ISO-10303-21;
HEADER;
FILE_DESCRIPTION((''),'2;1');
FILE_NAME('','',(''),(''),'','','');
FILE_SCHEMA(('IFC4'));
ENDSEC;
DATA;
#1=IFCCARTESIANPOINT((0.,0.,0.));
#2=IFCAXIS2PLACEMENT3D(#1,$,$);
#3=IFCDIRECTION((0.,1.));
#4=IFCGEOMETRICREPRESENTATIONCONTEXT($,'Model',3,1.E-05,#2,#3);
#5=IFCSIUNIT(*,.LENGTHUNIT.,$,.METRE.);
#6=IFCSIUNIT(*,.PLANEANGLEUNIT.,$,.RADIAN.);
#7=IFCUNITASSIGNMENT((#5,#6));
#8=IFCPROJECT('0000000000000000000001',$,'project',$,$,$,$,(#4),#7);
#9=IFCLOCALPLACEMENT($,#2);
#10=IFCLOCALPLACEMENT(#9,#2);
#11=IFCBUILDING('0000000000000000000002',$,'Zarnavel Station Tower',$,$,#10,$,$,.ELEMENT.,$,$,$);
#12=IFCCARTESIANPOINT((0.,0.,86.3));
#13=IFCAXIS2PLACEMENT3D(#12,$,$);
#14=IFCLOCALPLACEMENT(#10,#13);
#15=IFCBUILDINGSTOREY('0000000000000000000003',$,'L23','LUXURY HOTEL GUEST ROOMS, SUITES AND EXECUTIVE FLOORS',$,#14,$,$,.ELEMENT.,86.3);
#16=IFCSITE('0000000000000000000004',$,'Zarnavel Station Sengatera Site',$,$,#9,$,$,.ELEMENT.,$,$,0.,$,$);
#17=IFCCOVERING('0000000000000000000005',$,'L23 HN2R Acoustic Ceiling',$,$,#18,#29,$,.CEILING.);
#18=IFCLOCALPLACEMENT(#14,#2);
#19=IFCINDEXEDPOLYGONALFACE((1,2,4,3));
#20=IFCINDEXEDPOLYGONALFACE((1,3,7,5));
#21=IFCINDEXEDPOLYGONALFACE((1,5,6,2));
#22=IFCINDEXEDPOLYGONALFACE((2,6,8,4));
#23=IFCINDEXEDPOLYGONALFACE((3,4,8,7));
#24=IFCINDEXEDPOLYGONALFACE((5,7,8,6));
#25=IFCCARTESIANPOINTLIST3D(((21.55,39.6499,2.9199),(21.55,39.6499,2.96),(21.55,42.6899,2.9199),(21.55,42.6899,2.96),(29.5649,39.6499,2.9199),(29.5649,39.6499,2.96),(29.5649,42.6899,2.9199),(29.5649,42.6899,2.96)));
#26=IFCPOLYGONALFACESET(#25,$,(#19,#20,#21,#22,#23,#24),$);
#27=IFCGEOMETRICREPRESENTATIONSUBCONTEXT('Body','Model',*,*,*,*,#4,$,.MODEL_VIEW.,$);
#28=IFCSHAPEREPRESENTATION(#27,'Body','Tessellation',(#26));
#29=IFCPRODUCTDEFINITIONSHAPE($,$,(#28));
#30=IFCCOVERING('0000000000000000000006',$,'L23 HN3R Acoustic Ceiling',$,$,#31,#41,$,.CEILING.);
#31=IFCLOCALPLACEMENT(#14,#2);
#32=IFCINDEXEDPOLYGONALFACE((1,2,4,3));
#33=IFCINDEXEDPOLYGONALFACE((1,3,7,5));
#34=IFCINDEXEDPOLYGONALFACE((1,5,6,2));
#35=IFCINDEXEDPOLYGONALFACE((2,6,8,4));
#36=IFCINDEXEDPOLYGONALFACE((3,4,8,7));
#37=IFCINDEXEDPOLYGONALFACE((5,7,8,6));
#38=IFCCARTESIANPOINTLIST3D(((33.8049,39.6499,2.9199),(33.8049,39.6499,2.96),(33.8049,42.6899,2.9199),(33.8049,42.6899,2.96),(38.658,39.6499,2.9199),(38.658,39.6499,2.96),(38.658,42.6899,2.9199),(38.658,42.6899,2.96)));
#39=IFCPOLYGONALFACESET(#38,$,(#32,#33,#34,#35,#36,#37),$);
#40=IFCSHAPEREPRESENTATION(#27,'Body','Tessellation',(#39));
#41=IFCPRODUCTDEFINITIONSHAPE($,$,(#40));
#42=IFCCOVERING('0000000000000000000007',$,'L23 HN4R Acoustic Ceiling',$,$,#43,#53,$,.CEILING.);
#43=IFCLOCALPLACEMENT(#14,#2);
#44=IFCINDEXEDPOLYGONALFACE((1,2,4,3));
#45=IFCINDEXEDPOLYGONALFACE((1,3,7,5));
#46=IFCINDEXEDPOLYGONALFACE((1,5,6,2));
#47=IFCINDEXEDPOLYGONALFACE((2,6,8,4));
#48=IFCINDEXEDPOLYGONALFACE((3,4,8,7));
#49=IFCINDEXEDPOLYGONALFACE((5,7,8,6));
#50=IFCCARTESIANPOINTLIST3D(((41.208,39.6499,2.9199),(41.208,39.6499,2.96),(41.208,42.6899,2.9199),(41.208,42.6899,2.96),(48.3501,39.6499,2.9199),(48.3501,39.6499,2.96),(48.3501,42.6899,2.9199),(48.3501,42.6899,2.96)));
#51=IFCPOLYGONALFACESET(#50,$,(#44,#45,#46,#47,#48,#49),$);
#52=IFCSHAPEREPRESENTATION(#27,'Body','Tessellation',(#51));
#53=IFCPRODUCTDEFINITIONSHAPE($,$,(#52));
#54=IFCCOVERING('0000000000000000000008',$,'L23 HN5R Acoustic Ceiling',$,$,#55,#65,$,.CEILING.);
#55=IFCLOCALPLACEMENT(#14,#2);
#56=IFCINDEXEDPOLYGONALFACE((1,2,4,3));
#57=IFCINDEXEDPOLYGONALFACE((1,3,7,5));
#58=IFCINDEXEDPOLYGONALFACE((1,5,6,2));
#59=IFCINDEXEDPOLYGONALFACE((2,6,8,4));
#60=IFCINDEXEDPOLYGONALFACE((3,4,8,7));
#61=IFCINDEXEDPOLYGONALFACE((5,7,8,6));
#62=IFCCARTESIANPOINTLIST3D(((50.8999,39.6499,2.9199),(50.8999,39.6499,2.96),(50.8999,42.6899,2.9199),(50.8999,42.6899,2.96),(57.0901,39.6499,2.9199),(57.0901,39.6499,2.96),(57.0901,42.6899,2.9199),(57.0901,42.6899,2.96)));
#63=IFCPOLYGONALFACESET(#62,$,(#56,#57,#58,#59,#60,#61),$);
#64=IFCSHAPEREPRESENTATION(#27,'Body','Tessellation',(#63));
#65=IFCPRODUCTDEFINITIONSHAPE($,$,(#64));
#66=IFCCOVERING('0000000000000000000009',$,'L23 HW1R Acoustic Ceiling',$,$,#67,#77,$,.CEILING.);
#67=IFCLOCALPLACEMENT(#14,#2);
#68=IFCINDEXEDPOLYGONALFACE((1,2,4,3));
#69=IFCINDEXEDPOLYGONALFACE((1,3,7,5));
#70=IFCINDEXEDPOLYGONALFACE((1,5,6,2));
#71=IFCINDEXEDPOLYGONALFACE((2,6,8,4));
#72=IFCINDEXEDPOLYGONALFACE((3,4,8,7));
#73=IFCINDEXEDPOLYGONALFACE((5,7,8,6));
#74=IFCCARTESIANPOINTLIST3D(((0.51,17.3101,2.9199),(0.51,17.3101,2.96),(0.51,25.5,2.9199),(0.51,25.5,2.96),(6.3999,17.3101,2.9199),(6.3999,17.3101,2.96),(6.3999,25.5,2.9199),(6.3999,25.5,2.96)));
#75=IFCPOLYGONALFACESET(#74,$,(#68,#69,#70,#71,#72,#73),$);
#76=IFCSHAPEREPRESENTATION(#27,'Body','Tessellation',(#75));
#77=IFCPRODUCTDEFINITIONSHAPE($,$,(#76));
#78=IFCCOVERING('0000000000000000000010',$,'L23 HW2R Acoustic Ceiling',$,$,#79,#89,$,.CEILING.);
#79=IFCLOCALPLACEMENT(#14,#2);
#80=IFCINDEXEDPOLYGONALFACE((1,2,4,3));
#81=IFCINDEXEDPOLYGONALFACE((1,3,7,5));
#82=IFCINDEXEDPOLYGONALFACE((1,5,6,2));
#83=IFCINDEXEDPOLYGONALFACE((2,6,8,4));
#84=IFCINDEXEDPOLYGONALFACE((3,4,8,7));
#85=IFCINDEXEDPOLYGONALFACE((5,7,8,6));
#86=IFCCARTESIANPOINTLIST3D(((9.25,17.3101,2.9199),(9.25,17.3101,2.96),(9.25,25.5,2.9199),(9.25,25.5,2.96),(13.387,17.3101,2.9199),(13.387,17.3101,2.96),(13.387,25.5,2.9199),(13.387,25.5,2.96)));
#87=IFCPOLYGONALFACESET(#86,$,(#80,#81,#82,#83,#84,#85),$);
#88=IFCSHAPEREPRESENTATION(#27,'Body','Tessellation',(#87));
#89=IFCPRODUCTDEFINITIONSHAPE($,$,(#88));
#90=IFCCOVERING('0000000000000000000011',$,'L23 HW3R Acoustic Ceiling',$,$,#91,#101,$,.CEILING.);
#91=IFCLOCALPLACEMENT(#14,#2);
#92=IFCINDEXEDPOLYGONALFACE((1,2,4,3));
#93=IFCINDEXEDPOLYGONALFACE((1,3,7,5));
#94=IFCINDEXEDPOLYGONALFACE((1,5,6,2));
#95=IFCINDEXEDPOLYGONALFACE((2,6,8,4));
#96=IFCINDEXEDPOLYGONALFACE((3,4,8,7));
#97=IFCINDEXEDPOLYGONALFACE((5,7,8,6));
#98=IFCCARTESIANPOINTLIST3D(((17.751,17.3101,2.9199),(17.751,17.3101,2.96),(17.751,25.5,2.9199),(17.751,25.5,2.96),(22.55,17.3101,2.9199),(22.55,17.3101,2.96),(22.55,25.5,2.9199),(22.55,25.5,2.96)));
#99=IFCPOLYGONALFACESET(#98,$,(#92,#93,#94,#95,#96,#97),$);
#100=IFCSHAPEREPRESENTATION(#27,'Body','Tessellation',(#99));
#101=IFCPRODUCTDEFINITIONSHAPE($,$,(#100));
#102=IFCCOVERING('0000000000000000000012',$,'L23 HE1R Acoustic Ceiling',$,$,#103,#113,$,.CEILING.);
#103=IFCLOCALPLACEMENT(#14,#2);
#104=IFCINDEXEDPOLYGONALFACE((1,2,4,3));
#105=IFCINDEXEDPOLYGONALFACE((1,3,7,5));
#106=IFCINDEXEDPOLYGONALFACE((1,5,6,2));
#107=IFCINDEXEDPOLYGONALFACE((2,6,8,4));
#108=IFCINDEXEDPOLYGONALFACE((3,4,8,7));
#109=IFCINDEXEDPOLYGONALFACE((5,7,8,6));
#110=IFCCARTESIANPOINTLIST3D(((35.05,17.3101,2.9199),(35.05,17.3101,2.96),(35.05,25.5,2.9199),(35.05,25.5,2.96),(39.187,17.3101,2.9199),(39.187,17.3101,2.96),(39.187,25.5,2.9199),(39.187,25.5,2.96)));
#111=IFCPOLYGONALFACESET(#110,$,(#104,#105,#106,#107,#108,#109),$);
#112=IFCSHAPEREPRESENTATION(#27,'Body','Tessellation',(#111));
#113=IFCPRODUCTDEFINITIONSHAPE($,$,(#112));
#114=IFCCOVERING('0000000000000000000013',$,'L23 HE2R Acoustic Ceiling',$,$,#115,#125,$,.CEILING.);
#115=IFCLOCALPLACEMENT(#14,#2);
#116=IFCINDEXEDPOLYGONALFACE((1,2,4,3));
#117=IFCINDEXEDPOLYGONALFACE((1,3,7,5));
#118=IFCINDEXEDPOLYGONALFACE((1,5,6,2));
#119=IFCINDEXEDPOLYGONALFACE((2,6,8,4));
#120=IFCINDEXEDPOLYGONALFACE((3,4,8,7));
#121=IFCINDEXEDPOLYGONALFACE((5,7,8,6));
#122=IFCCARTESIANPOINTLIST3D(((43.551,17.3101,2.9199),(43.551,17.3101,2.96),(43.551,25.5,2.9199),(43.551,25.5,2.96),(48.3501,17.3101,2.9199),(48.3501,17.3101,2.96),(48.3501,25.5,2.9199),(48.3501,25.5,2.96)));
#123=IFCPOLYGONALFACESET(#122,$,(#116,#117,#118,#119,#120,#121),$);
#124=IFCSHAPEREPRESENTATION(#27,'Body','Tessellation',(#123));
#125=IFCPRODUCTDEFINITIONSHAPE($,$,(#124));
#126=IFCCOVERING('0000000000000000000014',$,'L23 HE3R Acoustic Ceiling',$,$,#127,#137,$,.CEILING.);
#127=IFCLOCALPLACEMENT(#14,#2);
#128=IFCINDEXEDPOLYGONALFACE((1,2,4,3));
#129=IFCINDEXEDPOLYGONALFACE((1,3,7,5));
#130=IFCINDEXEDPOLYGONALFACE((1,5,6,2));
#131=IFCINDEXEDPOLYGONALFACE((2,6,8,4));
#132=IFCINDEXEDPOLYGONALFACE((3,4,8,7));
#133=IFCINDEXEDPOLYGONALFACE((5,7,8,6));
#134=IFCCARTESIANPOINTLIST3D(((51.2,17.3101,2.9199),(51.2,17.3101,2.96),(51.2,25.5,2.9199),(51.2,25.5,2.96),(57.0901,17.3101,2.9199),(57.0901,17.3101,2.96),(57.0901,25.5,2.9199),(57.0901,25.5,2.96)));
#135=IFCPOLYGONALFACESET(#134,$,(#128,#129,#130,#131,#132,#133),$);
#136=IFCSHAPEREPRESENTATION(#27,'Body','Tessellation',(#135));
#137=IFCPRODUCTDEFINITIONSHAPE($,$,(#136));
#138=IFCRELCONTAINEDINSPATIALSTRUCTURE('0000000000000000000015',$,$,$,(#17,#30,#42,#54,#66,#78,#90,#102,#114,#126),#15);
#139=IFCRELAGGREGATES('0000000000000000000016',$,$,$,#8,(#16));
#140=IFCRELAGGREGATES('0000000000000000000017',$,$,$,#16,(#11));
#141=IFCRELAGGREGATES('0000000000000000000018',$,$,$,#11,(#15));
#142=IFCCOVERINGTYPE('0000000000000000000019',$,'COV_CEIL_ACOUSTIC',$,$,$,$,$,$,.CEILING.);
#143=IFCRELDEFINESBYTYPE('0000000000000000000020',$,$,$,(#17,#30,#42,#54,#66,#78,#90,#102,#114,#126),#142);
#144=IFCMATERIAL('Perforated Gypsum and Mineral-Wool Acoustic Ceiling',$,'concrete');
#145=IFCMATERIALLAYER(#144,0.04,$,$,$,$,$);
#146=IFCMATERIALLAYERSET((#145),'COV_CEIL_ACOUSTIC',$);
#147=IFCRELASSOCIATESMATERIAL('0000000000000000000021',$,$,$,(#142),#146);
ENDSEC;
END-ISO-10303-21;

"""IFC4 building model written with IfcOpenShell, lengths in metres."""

from ifc_helpers import new_model, si_unit, direction, frame, origin, place, context, subcontext, project, spatial, polyline, outline, extrude, material, layer, layer_set, type_object, element, save


model = new_model("IFC4")

# Units and contexts
model_context = context("Model", 3, precision=1e-05, world=origin(), true_north=direction((0.0, 1.0)))
body_context = subcontext(model_context, "Body", "Model", "MODEL_VIEW")
ifc_project = project(units=[si_unit("LENGTHUNIT", "METRE"), si_unit("PLANEANGLEUNIT", "RADIAN")], contexts=[model_context])

# Site, building, storey
site_placement = place(None, origin())
site = spatial("IfcSite", under=ifc_project, at=site_placement, Name="Zarnavel Station Sengatera Site", CompositionType="ELEMENT", RefElevation=0.0)
building_placement = place(site_placement, origin())
building = spatial("IfcBuilding", under=site, at=building_placement, Name="Zarnavel Station Tower", CompositionType="ELEMENT")
storey_placement = place(building_placement, frame((0.0, 0.0, 86.3)))
storey = spatial("IfcBuildingStorey", under=building, at=storey_placement, Name="L23", Description="LUXURY HOTEL GUEST ROOMS, SUITES AND EXECUTIVE FLOORS", CompositionType="ELEMENT", Elevation=86.3)

# Coverings
ifc_material_1 = material(Name="Perforated Gypsum and Mineral-Wool Acoustic Ceiling", Category="concrete")
ifc_layer_1 = layer(ifc_material_1, 0.04)
ifc_layer_set_1 = layer_set([ifc_layer_1], Name="COV_CEIL_ACOUSTIC")
covering_type_1 = type_object("IfcCoveringType", Name="COV_CEIL_ACOUSTIC", PredefinedType="CEILING", material=ifc_layer_set_1)
covering_1_placement = place(storey_placement, frame((0.0, 0.0, 2.9199)))
element("IfcCovering", 1, at=covering_1_placement, inside=storey, type_object=covering_type_1, Name="L23 HN2R Acoustic Ceiling", PredefinedType="CEILING", context=body_context, shape_type="SweptSolid", body=[
    extrude(outline(polyline([(21.55, 39.6499), (29.5649, 39.6499), (29.5649, 42.6899), (21.55, 42.6899), (21.55, 39.6499)])), origin(), (0.0, 0.0, 1.0), 0.04),
])
covering_2_placement = place(storey_placement, frame((0.0, 0.0, 2.9199)))
element("IfcCovering", 2, at=covering_2_placement, inside=storey, type_object=covering_type_1, Name="L23 HN3R Acoustic Ceiling", PredefinedType="CEILING", context=body_context, shape_type="SweptSolid", body=[
    extrude(outline(polyline([(33.8049, 39.6499), (38.658, 39.6499), (38.658, 42.6899), (33.8049, 42.6899), (33.8049, 39.6499)])), origin(), (0.0, 0.0, 1.0), 0.04),
])
covering_3_placement = place(storey_placement, frame((0.0, 0.0, 2.9199)))
element("IfcCovering", 3, at=covering_3_placement, inside=storey, type_object=covering_type_1, Name="L23 HN4R Acoustic Ceiling", PredefinedType="CEILING", context=body_context, shape_type="SweptSolid", body=[
    extrude(outline(polyline([(41.208, 39.6499), (48.3501, 39.6499), (48.3501, 42.6899), (41.208, 42.6899), (41.208, 39.6499)])), origin(), (0.0, 0.0, 1.0), 0.04),
])
covering_4_placement = place(storey_placement, frame((0.0, 0.0, 2.9199)))
element("IfcCovering", 4, at=covering_4_placement, inside=storey, type_object=covering_type_1, Name="L23 HN5R Acoustic Ceiling", PredefinedType="CEILING", context=body_context, shape_type="SweptSolid", body=[
    extrude(outline(polyline([(50.8999, 39.6499), (57.0901, 39.6499), (57.0901, 42.6899), (50.8999, 42.6899), (50.8999, 39.6499)])), origin(), (0.0, 0.0, 1.0), 0.04),
])
covering_5_placement = place(storey_placement, frame((0.0, 0.0, 2.9199)))
element("IfcCovering", 5, at=covering_5_placement, inside=storey, type_object=covering_type_1, Name="L23 HW1R Acoustic Ceiling", PredefinedType="CEILING", context=body_context, shape_type="SweptSolid", body=[
    extrude(outline(polyline([(0.51, 17.3101), (6.3999, 17.3101), (6.3999, 25.5), (0.51, 25.5), (0.51, 17.3101)])), origin(), (0.0, 0.0, 1.0), 0.04),
])
covering_6_placement = place(storey_placement, frame((0.0, 0.0, 2.9199)))
element("IfcCovering", 6, at=covering_6_placement, inside=storey, type_object=covering_type_1, Name="L23 HW2R Acoustic Ceiling", PredefinedType="CEILING", context=body_context, shape_type="SweptSolid", body=[
    extrude(outline(polyline([(9.25, 17.3101), (13.387, 17.3101), (13.387, 25.5), (9.25, 25.5), (9.25, 17.3101)])), origin(), (0.0, 0.0, 1.0), 0.04),
])
covering_7_placement = place(storey_placement, frame((0.0, 0.0, 2.9199)))
element("IfcCovering", 7, at=covering_7_placement, inside=storey, type_object=covering_type_1, Name="L23 HW3R Acoustic Ceiling", PredefinedType="CEILING", context=body_context, shape_type="SweptSolid", body=[
    extrude(outline(polyline([(17.751, 17.3101), (22.55, 17.3101), (22.55, 25.5), (17.751, 25.5), (17.751, 17.3101)])), origin(), (0.0, 0.0, 1.0), 0.04),
])
covering_8_placement = place(storey_placement, frame((0.0, 0.0, 2.9199)))
element("IfcCovering", 8, at=covering_8_placement, inside=storey, type_object=covering_type_1, Name="L23 HE1R Acoustic Ceiling", PredefinedType="CEILING", context=body_context, shape_type="SweptSolid", body=[
    extrude(outline(polyline([(35.05, 17.3101), (39.187, 17.3101), (39.187, 25.5), (35.05, 25.5), (35.05, 17.3101)])), origin(), (0.0, 0.0, 1.0), 0.04),
])
covering_9_placement = place(storey_placement, frame((0.0, 0.0, 2.9199)))
element("IfcCovering", 9, at=covering_9_placement, inside=storey, type_object=covering_type_1, Name="L23 HE2R Acoustic Ceiling", PredefinedType="CEILING", context=body_context, shape_type="SweptSolid", body=[
    extrude(outline(polyline([(43.551, 17.3101), (48.3501, 17.3101), (48.3501, 25.5), (43.551, 25.5), (43.551, 17.3101)])), origin(), (0.0, 0.0, 1.0), 0.04),
])
covering_10_placement = place(storey_placement, frame((0.0, 0.0, 2.9199)))
element("IfcCovering", 10, at=covering_10_placement, inside=storey, type_object=covering_type_1, Name="L23 HE3R Acoustic Ceiling", PredefinedType="CEILING", context=body_context, shape_type="SweptSolid", body=[
    extrude(outline(polyline([(51.2, 17.3101), (57.0901, 17.3101), (57.0901, 25.5), (51.2, 25.5), (51.2, 17.3101)])), origin(), (0.0, 0.0, 1.0), 0.04),
])

save(model, "model.ifc")
